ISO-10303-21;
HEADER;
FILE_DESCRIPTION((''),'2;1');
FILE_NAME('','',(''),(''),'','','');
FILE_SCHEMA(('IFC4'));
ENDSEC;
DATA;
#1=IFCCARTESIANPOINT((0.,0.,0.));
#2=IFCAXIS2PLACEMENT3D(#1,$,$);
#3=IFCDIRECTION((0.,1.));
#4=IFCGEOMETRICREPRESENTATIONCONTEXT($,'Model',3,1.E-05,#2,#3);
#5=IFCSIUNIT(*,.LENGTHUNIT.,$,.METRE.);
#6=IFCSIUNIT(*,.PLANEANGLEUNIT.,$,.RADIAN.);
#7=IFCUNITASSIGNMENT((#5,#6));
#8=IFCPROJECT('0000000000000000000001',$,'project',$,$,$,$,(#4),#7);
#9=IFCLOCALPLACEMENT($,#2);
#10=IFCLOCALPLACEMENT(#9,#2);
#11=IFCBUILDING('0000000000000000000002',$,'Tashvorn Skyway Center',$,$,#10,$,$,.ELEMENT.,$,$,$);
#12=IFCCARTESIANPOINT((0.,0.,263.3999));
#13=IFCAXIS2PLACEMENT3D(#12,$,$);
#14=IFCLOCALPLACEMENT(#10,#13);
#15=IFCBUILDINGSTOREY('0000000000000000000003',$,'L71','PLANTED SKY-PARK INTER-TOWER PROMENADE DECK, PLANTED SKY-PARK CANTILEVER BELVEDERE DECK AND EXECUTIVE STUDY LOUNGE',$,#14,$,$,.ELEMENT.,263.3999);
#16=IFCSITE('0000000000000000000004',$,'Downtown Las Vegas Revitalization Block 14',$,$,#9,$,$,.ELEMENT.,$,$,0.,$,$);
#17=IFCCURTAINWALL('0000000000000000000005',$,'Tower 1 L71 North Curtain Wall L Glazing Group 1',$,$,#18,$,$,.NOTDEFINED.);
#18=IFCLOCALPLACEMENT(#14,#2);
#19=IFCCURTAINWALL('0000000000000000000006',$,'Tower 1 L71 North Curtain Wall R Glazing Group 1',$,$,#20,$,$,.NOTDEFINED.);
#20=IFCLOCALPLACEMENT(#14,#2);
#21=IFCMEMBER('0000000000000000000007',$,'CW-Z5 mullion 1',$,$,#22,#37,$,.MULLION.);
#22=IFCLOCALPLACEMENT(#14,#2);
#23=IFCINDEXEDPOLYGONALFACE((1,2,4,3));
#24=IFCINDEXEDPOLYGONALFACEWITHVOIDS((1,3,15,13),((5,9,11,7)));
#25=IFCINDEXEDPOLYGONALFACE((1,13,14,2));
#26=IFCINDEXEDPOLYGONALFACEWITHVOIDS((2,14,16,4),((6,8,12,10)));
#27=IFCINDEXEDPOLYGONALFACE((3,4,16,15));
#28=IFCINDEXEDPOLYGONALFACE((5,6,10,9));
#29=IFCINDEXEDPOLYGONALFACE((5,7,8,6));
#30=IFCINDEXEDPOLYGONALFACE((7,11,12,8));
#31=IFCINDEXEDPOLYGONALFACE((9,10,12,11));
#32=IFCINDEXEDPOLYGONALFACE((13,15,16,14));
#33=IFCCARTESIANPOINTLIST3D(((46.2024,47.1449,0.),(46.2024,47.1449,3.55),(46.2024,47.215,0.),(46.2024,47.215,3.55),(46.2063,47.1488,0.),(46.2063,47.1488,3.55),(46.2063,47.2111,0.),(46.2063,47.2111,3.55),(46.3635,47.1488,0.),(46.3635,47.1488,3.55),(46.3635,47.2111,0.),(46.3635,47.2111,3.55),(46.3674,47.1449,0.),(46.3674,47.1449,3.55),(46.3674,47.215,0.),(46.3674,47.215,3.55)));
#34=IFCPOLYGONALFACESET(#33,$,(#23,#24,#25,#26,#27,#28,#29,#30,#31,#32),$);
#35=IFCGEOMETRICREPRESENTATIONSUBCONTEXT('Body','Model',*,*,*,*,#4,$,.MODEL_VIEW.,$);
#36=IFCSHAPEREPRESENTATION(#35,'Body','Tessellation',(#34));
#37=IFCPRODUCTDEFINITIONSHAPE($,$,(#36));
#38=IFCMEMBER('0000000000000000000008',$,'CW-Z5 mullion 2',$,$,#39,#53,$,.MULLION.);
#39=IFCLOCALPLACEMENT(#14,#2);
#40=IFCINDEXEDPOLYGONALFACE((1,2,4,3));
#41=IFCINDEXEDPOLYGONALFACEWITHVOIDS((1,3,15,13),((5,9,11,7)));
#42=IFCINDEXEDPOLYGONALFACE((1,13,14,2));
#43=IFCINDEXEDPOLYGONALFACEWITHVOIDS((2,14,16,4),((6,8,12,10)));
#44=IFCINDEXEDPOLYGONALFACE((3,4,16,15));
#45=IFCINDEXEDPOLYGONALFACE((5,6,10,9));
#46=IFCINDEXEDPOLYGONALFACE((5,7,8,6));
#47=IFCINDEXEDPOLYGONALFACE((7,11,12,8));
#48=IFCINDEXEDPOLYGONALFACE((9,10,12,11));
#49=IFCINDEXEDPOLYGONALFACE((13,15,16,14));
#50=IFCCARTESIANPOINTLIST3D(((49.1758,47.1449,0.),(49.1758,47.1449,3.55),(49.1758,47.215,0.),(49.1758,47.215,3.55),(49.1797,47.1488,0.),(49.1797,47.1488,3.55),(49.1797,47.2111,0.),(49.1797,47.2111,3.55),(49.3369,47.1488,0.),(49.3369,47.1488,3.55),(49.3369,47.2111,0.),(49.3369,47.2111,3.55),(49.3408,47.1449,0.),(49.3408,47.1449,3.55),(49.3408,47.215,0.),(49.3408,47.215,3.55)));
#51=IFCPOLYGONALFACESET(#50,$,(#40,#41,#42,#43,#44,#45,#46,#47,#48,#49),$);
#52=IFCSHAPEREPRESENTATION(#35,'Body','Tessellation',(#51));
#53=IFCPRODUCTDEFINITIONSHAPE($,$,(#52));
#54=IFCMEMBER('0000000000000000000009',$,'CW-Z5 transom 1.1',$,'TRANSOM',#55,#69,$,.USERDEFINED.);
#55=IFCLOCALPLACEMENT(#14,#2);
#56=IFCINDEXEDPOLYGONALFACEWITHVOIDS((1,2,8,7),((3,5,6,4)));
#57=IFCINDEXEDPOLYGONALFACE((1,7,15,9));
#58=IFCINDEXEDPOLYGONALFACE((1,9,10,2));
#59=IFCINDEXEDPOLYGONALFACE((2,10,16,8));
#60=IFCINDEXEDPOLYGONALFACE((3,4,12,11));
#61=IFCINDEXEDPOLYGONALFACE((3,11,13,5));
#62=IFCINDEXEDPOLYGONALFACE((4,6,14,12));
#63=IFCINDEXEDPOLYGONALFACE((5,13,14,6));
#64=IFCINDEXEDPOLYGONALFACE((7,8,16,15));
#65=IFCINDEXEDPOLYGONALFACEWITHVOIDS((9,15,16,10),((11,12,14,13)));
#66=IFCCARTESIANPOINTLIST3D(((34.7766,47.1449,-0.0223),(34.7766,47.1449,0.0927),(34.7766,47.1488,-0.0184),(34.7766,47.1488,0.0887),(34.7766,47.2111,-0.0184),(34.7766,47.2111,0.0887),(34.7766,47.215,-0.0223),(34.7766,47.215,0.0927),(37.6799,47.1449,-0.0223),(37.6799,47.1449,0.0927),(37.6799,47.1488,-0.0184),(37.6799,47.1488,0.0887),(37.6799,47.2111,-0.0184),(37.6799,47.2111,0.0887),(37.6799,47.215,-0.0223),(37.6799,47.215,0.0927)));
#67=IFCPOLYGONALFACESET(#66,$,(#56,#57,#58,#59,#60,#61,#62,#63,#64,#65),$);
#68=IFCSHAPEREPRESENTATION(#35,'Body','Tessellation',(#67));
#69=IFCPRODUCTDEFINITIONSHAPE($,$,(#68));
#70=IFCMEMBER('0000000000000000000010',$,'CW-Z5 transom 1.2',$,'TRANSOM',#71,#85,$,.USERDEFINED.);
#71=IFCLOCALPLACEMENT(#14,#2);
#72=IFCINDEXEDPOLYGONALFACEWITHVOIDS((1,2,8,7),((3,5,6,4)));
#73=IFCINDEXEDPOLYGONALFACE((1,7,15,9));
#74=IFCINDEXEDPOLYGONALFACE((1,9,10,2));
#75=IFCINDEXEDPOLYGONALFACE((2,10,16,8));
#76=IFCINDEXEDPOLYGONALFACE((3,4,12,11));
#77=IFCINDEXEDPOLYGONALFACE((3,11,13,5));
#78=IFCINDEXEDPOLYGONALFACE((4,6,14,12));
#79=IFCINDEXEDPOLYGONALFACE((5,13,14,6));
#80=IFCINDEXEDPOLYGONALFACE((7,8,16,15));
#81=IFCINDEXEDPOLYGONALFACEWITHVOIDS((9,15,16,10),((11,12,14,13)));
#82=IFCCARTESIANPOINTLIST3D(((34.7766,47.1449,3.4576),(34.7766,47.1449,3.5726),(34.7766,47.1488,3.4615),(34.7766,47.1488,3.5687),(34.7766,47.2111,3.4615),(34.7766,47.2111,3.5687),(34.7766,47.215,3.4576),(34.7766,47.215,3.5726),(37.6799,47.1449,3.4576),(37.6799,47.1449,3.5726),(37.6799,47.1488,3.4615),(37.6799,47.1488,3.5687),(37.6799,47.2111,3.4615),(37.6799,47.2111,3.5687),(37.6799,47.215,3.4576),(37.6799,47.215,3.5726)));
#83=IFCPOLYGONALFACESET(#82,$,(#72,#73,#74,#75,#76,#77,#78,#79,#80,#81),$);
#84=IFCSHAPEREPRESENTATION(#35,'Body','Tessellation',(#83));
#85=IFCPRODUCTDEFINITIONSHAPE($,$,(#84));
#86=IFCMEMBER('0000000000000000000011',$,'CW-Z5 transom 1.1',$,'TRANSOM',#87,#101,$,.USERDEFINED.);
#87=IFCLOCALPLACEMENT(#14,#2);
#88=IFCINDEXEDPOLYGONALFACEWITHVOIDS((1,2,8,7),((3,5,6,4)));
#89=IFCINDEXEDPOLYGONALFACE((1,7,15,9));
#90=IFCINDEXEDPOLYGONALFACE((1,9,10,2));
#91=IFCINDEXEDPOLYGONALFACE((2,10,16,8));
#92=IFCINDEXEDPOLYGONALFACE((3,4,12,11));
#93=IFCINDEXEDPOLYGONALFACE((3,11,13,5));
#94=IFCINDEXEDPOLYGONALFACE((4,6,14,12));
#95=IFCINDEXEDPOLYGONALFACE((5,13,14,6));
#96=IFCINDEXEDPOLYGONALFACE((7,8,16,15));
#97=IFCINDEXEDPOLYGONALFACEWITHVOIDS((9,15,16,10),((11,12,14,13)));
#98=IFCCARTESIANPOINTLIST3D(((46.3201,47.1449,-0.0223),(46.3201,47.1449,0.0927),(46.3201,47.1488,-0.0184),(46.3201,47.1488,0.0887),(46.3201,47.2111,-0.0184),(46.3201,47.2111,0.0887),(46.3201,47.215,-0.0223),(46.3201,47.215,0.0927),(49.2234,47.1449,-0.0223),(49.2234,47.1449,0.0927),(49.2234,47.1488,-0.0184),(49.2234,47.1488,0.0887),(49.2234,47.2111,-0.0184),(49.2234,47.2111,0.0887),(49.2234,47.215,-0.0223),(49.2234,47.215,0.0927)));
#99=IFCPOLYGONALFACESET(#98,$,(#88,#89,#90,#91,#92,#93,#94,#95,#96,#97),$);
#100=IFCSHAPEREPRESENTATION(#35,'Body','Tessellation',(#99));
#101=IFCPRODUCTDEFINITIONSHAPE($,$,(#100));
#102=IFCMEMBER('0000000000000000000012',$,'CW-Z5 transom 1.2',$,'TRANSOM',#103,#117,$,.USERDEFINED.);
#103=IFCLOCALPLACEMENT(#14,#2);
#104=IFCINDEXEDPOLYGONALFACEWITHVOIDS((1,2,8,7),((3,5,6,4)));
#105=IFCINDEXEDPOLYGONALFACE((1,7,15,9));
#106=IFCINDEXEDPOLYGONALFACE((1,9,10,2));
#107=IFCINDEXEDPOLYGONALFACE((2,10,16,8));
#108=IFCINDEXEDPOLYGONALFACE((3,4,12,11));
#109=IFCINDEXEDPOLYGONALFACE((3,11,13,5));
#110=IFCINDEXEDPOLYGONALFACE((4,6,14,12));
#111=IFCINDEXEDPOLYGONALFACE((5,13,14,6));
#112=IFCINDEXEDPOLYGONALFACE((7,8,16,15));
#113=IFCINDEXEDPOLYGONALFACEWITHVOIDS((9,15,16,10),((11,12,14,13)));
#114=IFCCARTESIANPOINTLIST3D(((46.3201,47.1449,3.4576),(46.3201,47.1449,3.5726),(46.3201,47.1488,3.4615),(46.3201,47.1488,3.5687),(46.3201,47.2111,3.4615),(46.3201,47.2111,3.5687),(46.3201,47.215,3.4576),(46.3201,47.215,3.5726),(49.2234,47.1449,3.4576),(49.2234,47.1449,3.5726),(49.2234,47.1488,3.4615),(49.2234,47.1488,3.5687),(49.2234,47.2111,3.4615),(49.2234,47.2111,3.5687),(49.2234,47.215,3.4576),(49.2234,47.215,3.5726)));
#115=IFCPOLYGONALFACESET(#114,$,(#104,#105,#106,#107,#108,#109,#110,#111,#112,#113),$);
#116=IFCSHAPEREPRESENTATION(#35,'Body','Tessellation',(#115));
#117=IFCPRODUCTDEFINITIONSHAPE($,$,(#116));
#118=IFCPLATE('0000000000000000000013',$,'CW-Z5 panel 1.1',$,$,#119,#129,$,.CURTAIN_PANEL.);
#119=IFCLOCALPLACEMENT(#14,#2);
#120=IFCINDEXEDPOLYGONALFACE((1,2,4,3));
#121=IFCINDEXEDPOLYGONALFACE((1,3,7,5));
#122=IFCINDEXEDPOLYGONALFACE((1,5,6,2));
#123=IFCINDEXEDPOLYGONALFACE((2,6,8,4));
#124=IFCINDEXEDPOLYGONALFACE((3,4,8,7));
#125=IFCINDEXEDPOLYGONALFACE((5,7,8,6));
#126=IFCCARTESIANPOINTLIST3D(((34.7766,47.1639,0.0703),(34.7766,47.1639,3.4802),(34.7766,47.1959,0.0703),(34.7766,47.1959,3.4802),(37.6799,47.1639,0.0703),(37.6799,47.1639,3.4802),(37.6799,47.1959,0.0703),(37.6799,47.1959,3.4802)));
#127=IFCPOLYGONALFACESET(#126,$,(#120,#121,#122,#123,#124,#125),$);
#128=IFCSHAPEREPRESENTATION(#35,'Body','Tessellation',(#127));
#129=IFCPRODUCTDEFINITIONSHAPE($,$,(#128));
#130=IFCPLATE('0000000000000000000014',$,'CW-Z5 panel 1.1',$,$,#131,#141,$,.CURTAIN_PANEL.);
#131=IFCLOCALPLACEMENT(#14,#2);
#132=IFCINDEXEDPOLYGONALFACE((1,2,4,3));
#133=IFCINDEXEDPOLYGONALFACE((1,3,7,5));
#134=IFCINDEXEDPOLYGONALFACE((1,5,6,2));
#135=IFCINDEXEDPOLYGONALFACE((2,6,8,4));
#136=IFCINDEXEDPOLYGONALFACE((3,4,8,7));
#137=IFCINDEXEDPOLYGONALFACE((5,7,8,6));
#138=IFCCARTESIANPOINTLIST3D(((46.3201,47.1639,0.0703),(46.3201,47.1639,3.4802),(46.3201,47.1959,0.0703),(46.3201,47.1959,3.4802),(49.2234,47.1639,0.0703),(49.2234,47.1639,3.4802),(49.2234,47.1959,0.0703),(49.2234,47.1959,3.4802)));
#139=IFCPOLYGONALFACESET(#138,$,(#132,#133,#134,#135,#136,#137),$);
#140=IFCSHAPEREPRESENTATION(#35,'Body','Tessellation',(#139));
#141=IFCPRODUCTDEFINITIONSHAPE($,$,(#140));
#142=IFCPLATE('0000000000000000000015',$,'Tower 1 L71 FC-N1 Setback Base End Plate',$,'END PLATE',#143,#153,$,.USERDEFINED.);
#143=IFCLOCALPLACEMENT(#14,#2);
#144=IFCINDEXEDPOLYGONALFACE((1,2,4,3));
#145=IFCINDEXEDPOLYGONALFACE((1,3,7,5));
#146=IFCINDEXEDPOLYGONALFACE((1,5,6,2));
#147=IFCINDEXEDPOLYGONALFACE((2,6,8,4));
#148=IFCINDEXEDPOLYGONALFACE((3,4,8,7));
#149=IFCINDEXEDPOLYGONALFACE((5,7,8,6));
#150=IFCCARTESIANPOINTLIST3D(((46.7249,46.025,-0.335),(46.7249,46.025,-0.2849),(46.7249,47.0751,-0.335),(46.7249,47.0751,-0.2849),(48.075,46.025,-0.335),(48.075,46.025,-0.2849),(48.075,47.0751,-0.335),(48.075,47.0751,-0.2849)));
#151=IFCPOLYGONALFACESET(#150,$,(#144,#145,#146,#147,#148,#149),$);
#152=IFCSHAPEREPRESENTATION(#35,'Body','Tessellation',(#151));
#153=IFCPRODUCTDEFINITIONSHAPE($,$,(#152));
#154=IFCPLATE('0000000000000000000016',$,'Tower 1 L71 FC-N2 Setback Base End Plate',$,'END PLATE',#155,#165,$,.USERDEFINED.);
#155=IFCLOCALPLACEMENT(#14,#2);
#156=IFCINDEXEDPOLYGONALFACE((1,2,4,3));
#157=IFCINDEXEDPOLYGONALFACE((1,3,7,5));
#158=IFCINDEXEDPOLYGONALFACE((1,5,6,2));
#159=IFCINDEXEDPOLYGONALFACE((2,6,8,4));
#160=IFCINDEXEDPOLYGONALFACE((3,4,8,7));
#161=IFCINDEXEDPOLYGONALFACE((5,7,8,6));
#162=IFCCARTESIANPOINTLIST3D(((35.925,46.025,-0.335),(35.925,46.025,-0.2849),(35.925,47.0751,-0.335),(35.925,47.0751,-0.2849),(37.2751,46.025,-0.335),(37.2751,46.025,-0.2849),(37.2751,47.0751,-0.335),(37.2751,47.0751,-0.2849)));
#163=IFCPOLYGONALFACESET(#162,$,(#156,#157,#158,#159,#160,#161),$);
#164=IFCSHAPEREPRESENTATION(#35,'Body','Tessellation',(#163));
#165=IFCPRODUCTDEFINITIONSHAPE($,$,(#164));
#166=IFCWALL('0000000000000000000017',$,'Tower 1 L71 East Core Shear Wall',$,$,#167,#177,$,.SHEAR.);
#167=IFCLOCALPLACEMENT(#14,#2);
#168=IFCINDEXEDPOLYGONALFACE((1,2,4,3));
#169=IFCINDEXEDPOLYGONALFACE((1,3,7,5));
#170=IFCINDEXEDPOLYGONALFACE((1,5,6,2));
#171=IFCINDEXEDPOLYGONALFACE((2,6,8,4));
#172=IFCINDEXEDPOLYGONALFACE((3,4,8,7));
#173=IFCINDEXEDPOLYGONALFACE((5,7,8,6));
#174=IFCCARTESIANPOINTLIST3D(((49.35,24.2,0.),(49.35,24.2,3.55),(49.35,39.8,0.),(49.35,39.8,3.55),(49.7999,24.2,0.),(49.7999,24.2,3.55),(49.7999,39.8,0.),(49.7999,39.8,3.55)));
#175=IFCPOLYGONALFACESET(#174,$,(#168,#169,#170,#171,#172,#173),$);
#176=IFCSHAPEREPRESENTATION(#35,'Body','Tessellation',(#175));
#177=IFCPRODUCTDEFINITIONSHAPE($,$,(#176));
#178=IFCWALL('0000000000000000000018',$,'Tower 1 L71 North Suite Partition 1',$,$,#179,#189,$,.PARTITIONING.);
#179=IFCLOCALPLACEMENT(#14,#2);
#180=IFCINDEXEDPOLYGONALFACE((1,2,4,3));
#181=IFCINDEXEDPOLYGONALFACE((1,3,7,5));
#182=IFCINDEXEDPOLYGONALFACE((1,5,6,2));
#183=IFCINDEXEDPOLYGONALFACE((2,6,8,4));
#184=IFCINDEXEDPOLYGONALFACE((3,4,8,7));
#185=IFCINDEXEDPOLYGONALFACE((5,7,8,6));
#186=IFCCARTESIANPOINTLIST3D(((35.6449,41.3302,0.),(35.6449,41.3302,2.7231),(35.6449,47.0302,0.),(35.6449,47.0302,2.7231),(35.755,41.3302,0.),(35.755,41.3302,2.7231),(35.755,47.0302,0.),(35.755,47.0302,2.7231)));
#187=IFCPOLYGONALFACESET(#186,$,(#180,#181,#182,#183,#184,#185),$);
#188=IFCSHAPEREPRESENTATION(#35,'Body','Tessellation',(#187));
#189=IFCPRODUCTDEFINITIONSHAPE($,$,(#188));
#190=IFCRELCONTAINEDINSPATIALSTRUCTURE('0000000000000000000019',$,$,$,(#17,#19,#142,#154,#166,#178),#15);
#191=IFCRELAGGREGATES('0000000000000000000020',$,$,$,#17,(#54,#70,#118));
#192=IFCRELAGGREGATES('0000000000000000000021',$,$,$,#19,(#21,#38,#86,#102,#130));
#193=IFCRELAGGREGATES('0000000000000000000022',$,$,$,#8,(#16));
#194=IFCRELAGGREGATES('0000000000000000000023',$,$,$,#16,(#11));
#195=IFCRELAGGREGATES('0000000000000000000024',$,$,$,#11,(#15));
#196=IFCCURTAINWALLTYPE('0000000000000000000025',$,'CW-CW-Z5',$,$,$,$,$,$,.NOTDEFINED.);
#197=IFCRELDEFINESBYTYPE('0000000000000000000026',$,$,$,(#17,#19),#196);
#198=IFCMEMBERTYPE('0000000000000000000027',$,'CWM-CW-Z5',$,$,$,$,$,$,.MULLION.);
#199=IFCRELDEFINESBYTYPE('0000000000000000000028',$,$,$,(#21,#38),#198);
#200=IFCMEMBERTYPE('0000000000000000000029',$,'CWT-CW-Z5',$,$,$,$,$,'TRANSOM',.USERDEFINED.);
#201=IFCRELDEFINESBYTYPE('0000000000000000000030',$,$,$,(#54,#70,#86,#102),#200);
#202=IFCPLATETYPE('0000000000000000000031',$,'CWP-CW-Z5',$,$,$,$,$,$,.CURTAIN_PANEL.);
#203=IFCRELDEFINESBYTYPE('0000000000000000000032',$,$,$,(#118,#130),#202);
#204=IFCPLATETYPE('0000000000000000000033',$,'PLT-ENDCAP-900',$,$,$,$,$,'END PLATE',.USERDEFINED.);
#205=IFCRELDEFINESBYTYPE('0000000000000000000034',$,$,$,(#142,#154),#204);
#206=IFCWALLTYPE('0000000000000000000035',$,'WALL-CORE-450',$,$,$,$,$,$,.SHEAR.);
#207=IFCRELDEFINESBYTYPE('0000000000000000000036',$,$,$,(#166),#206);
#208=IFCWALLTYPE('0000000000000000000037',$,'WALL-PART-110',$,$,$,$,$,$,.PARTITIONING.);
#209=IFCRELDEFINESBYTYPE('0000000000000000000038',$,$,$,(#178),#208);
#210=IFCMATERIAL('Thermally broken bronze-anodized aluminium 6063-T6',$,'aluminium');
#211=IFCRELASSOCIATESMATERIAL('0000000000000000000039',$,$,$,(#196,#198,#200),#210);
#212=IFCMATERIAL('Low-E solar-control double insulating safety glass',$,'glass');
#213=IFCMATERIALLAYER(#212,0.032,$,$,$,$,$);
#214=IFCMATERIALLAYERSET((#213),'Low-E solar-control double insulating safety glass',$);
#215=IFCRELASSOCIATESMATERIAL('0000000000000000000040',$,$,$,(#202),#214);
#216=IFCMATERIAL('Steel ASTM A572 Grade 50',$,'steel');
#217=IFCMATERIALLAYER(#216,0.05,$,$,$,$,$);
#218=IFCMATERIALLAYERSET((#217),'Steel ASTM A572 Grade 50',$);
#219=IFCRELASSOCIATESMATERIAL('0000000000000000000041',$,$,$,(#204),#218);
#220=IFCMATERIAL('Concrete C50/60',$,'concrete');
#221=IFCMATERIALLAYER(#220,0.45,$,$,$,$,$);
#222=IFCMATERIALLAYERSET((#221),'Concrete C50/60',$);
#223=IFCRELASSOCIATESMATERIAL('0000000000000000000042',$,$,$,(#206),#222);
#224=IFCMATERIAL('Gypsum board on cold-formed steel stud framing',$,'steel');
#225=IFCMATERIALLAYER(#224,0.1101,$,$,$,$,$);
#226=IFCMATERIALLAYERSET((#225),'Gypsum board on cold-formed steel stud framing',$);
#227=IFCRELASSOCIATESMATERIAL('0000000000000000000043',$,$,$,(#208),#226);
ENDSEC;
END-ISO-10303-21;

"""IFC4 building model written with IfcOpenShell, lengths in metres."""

from ifc_helpers import new_model, si_unit, direction, frame, frame_2d, origin, origin_2d, place, context, subcontext, project, spatial, rectangle, hollow_rectangle, extrude, material, layer, layer_set, material_profile, profile_set, type_object, element, aggregate, save


model = new_model("IFC4")

# Units and contexts
model_context = context("Model", 3, precision=1e-05, world=origin(), true_north=direction((0.0, 1.0)))
body_context = subcontext(model_context, "Body", "Model", "MODEL_VIEW")
ifc_project = project(units=[si_unit("LENGTHUNIT", "METRE"), si_unit("PLANEANGLEUNIT", "RADIAN")], contexts=[model_context])

# Site, building, storey
site_placement = place(None, origin())
site = spatial("IfcSite", under=ifc_project, at=site_placement, Name="Downtown Las Vegas Revitalization Block 14", CompositionType="ELEMENT", RefElevation=0.0)
building_placement = place(site_placement, origin())
building = spatial("IfcBuilding", under=site, at=building_placement, Name="Tashvorn Skyway Center", CompositionType="ELEMENT")
storey_placement = place(building_placement, frame((0.0, 0.0, 263.3999)))
storey = spatial("IfcBuildingStorey", under=building, at=storey_placement, Name="L71", Description="PLANTED SKY-PARK INTER-TOWER PROMENADE DECK, PLANTED SKY-PARK CANTILEVER BELVEDERE DECK AND EXECUTIVE STUDY LOUNGE", CompositionType="ELEMENT", Elevation=263.3999)

# Shared definitions
ifc_material_1 = material(Name="Steel ASTM A572 Grade 50", Category="steel")

# Curtain walls, members
ifc_material_2 = material(Name="Thermally broken bronze-anodized aluminium 6063-T6", Category="aluminium")
curtain_wall_type = type_object("IfcCurtainWallType", Name="CW-CW-Z5", PredefinedType="NOTDEFINED", material=ifc_material_2)
curtain_wall_1_placement = place(storey_placement, origin())
curtain_wall_1 = element("IfcCurtainWall", 1, at=curtain_wall_1_placement, inside=storey, type_object=curtain_wall_type, Name="Tower 1 L71 North Curtain Wall L Glazing Group 1", PredefinedType="NOTDEFINED")
ifc_material_profile_1 = material_profile(ifc_material_2, hollow_rectangle(XDim=0.0701, YDim=0.165, WallThickness=0.0039, at=origin_2d()), Name="ALU-MULL-70x165")
ifc_profile_set_1 = profile_set([ifc_material_profile_1], Name="Thermally broken bronze-anodized aluminium 6063-T6")
member_type_1 = type_object("IfcMemberType", Name="CWM-CW-Z5", PredefinedType="MULLION", material=ifc_profile_set_1)
curtain_wall_2_placement = place(storey_placement, origin())
curtain_wall_2 = element("IfcCurtainWall", 2, at=curtain_wall_2_placement, inside=storey, type_object=curtain_wall_type, Name="Tower 1 L71 North Curtain Wall R Glazing Group 1", PredefinedType="NOTDEFINED")
member_1_placement = place(storey_placement, frame((46.2849, 47.1799, 0.0), z_axis=(0.0, 0.0, 1.0), x_axis=(0.0, 1.0, 0.0)))
member_1 = element("IfcMember", 3, at=member_1_placement, type_object=member_type_1, Name="CW-Z5 mullion 1", PredefinedType="MULLION", context=body_context, shape_type="SweptSolid", body=[
    extrude(hollow_rectangle(XDim=0.0701, YDim=0.165, WallThickness=0.0039, at=origin_2d()), origin(), (0.0, 0.0, 1.0), 3.55),
])
member_2_placement = place(storey_placement, frame((49.2583, 47.1799, 0.0), z_axis=(0.0, 0.0, 1.0), x_axis=(0.0, 1.0, 0.0)))
member_2 = element("IfcMember", 4, at=member_2_placement, type_object=member_type_1, Name="CW-Z5 mullion 2", PredefinedType="MULLION", context=body_context, shape_type="SweptSolid", body=[
    extrude(hollow_rectangle(XDim=0.0701, YDim=0.165, WallThickness=0.0039, at=origin_2d()), origin(), (0.0, 0.0, 1.0), 3.55),
])

# Members
ifc_material_profile_2 = material_profile(ifc_material_2, hollow_rectangle(XDim=0.0701, YDim=0.115, WallThickness=0.0039, at=origin_2d()), Name="ALU-TRAN-70x115")
ifc_profile_set_2 = profile_set([ifc_material_profile_2], Name="Thermally broken bronze-anodized aluminium 6063-T6")
member_type_2 = type_object("IfcMemberType", Name="CWT-CW-Z5", ElementType="TRANSOM", PredefinedType="USERDEFINED", material=ifc_profile_set_2)
member_3_placement = place(storey_placement, frame((34.7766, 47.1799, 0.0352), z_axis=(1.0, 0.0, 0.0), x_axis=(0.0, 1.0, 0.0)))
member_3 = element("IfcMember", 5, at=member_3_placement, type_object=member_type_2, Name="CW-Z5 transom 1.1", ObjectType="TRANSOM", PredefinedType="USERDEFINED", context=body_context, shape_type="SweptSolid", body=[
    extrude(hollow_rectangle(XDim=0.0701, YDim=0.115, WallThickness=0.0039, at=origin_2d()), origin(), (0.0, 0.0, 1.0), 2.9033),
])
member_4_placement = place(storey_placement, frame((34.7766, 47.1799, 3.5151), z_axis=(1.0, 0.0, 0.0), x_axis=(0.0, 1.0, 0.0)))
member_4 = element("IfcMember", 6, at=member_4_placement, type_object=member_type_2, Name="CW-Z5 transom 1.2", ObjectType="TRANSOM", PredefinedType="USERDEFINED", context=body_context, shape_type="SweptSolid", body=[
    extrude(hollow_rectangle(XDim=0.0701, YDim=0.115, WallThickness=0.0039, at=origin_2d()), origin(), (0.0, 0.0, 1.0), 2.9033),
])
member_5_placement = place(storey_placement, frame((46.3201, 47.1799, 0.0352), z_axis=(1.0, 0.0, 0.0), x_axis=(0.0, 1.0, 0.0)))
member_5 = element("IfcMember", 7, at=member_5_placement, type_object=member_type_2, Name="CW-Z5 transom 1.1", ObjectType="TRANSOM", PredefinedType="USERDEFINED", context=body_context, shape_type="SweptSolid", body=[
    extrude(hollow_rectangle(XDim=0.0701, YDim=0.115, WallThickness=0.0039, at=origin_2d()), origin(), (0.0, 0.0, 1.0), 2.9033),
])
member_6_placement = place(storey_placement, frame((46.3201, 47.1799, 3.5151), z_axis=(1.0, 0.0, 0.0), x_axis=(0.0, 1.0, 0.0)))
member_6 = element("IfcMember", 8, at=member_6_placement, type_object=member_type_2, Name="CW-Z5 transom 1.2", ObjectType="TRANSOM", PredefinedType="USERDEFINED", context=body_context, shape_type="SweptSolid", body=[
    extrude(hollow_rectangle(XDim=0.0701, YDim=0.115, WallThickness=0.0039, at=origin_2d()), origin(), (0.0, 0.0, 1.0), 2.9033),
])

# Plates
ifc_material_3 = material(Name="Low-E solar-control double insulating safety glass", Category="glass")
ifc_layer_1 = layer(ifc_material_3, 0.032)
ifc_layer_set_1 = layer_set([ifc_layer_1], Name="Low-E solar-control double insulating safety glass")
plate_type_1 = type_object("IfcPlateType", Name="CWP-CW-Z5", PredefinedType="CURTAIN_PANEL", material=ifc_layer_set_1)
plate_1_placement = place(storey_placement, frame((36.2283, 47.1799, 0.0703), z_axis=(0.0, 0.0, 1.0), x_axis=(1.0, 0.0, 0.0)))
plate_1 = element("IfcPlate", 9, at=plate_1_placement, type_object=plate_type_1, Name="CW-Z5 panel 1.1", PredefinedType="CURTAIN_PANEL", context=body_context, shape_type="SweptSolid", body=[
    extrude(rectangle(XDim=2.9033, YDim=0.032, at=origin_2d()), origin(), (0.0, 0.0, 1.0), 3.4099),
])
aggregate(curtain_wall_1, [member_3, member_4, plate_1])
plate_2_placement = place(storey_placement, frame((47.7717, 47.1799, 0.0703), z_axis=(0.0, 0.0, 1.0), x_axis=(1.0, 0.0, 0.0)))
plate_2 = element("IfcPlate", 10, at=plate_2_placement, type_object=plate_type_1, Name="CW-Z5 panel 1.1", PredefinedType="CURTAIN_PANEL", context=body_context, shape_type="SweptSolid", body=[
    extrude(rectangle(XDim=2.9033, YDim=0.032, at=origin_2d()), origin(), (0.0, 0.0, 1.0), 3.4099),
])
aggregate(curtain_wall_2, [member_1, member_2, member_5, member_6, plate_2])

# Plates
ifc_layer_2 = layer(ifc_material_1, 0.05)
ifc_layer_set_2 = layer_set([ifc_layer_2], Name="Steel ASTM A572 Grade 50")
plate_type_2 = type_object("IfcPlateType", Name="PLT-ENDCAP-900", ElementType="END PLATE", PredefinedType="USERDEFINED", material=ifc_layer_set_2)
for number, where, z_axis, x_axis, name in (
    (11, (47.3999, 46.55, -0.335), (0.0, 0.0, 1.0), (1.0, 0.0, 0.0), "Tower 1 L71 FC-N1 Setback Base End Plate"),
    (12, (36.6001, 46.55, -0.335), (0.0, 0.0, 1.0), (1.0, 0.0, 0.0), "Tower 1 L71 FC-N2 Setback Base End Plate"),
):
    element("IfcPlate", number, at=place(storey_placement, frame(where, z_axis=z_axis, x_axis=x_axis)), inside=storey, type_object=plate_type_2, Name=name, ObjectType="END PLATE", PredefinedType="USERDEFINED", context=body_context, shape_type="SweptSolid", body=[
        extrude(rectangle(XDim=1.3501, YDim=1.05, at=origin_2d()), origin(), (0.0, 0.0, 1.0), 0.05),
    ])

# Wall
ifc_material_4 = material(Name="Concrete C50/60", Category="concrete")
ifc_layer_3 = layer(ifc_material_4, 0.45)
ifc_layer_set_3 = layer_set([ifc_layer_3], Name="Concrete C50/60")
wall_type_1 = type_object("IfcWallType", Name="WALL-CORE-450", PredefinedType="SHEAR", material=ifc_layer_set_3)
wall_1_placement = place(storey_placement, frame((49.575, 39.8, 0.0), z_axis=(0.0, 0.0, 1.0), x_axis=(0.0, -1.0, 0.0)))
element("IfcWall", 13, at=wall_1_placement, inside=storey, type_object=wall_type_1, Name="Tower 1 L71 East Core Shear Wall", PredefinedType="SHEAR", context=body_context, shape_type="SweptSolid", body=[
    extrude(rectangle(XDim=15.6001, YDim=0.45, at=frame_2d((7.8, 0.0))), origin(), (0.0, 0.0, 1.0), 3.55),
])

# Wall
ifc_material_5 = material(Name="Gypsum board on cold-formed steel stud framing", Category="steel")
ifc_layer_4 = layer(ifc_material_5, 0.1101)
ifc_layer_set_4 = layer_set([ifc_layer_4], Name="Gypsum board on cold-formed steel stud framing")
wall_type_2 = type_object("IfcWallType", Name="WALL-PART-110", PredefinedType="PARTITIONING", material=ifc_layer_set_4)
for number, where, z_axis, x_axis, name in (
    (14, (35.7, 41.3301, 0.0), (0.0, 0.0, 1.0), (0.0, 1.0, 0.0), "Tower 1 L71 North Suite Partition 1"),
):
    element("IfcWall", number, at=place(storey_placement, frame(where, z_axis=z_axis, x_axis=x_axis)), inside=storey, type_object=wall_type_2, Name=name, PredefinedType="PARTITIONING", context=body_context, shape_type="SweptSolid", body=[
        extrude(rectangle(XDim=5.7, YDim=0.1101, at=frame_2d((2.8501, 0.0))), origin(), (0.0, 0.0, 1.0), 2.7231),
    ])

save(model, "model.ifc")
